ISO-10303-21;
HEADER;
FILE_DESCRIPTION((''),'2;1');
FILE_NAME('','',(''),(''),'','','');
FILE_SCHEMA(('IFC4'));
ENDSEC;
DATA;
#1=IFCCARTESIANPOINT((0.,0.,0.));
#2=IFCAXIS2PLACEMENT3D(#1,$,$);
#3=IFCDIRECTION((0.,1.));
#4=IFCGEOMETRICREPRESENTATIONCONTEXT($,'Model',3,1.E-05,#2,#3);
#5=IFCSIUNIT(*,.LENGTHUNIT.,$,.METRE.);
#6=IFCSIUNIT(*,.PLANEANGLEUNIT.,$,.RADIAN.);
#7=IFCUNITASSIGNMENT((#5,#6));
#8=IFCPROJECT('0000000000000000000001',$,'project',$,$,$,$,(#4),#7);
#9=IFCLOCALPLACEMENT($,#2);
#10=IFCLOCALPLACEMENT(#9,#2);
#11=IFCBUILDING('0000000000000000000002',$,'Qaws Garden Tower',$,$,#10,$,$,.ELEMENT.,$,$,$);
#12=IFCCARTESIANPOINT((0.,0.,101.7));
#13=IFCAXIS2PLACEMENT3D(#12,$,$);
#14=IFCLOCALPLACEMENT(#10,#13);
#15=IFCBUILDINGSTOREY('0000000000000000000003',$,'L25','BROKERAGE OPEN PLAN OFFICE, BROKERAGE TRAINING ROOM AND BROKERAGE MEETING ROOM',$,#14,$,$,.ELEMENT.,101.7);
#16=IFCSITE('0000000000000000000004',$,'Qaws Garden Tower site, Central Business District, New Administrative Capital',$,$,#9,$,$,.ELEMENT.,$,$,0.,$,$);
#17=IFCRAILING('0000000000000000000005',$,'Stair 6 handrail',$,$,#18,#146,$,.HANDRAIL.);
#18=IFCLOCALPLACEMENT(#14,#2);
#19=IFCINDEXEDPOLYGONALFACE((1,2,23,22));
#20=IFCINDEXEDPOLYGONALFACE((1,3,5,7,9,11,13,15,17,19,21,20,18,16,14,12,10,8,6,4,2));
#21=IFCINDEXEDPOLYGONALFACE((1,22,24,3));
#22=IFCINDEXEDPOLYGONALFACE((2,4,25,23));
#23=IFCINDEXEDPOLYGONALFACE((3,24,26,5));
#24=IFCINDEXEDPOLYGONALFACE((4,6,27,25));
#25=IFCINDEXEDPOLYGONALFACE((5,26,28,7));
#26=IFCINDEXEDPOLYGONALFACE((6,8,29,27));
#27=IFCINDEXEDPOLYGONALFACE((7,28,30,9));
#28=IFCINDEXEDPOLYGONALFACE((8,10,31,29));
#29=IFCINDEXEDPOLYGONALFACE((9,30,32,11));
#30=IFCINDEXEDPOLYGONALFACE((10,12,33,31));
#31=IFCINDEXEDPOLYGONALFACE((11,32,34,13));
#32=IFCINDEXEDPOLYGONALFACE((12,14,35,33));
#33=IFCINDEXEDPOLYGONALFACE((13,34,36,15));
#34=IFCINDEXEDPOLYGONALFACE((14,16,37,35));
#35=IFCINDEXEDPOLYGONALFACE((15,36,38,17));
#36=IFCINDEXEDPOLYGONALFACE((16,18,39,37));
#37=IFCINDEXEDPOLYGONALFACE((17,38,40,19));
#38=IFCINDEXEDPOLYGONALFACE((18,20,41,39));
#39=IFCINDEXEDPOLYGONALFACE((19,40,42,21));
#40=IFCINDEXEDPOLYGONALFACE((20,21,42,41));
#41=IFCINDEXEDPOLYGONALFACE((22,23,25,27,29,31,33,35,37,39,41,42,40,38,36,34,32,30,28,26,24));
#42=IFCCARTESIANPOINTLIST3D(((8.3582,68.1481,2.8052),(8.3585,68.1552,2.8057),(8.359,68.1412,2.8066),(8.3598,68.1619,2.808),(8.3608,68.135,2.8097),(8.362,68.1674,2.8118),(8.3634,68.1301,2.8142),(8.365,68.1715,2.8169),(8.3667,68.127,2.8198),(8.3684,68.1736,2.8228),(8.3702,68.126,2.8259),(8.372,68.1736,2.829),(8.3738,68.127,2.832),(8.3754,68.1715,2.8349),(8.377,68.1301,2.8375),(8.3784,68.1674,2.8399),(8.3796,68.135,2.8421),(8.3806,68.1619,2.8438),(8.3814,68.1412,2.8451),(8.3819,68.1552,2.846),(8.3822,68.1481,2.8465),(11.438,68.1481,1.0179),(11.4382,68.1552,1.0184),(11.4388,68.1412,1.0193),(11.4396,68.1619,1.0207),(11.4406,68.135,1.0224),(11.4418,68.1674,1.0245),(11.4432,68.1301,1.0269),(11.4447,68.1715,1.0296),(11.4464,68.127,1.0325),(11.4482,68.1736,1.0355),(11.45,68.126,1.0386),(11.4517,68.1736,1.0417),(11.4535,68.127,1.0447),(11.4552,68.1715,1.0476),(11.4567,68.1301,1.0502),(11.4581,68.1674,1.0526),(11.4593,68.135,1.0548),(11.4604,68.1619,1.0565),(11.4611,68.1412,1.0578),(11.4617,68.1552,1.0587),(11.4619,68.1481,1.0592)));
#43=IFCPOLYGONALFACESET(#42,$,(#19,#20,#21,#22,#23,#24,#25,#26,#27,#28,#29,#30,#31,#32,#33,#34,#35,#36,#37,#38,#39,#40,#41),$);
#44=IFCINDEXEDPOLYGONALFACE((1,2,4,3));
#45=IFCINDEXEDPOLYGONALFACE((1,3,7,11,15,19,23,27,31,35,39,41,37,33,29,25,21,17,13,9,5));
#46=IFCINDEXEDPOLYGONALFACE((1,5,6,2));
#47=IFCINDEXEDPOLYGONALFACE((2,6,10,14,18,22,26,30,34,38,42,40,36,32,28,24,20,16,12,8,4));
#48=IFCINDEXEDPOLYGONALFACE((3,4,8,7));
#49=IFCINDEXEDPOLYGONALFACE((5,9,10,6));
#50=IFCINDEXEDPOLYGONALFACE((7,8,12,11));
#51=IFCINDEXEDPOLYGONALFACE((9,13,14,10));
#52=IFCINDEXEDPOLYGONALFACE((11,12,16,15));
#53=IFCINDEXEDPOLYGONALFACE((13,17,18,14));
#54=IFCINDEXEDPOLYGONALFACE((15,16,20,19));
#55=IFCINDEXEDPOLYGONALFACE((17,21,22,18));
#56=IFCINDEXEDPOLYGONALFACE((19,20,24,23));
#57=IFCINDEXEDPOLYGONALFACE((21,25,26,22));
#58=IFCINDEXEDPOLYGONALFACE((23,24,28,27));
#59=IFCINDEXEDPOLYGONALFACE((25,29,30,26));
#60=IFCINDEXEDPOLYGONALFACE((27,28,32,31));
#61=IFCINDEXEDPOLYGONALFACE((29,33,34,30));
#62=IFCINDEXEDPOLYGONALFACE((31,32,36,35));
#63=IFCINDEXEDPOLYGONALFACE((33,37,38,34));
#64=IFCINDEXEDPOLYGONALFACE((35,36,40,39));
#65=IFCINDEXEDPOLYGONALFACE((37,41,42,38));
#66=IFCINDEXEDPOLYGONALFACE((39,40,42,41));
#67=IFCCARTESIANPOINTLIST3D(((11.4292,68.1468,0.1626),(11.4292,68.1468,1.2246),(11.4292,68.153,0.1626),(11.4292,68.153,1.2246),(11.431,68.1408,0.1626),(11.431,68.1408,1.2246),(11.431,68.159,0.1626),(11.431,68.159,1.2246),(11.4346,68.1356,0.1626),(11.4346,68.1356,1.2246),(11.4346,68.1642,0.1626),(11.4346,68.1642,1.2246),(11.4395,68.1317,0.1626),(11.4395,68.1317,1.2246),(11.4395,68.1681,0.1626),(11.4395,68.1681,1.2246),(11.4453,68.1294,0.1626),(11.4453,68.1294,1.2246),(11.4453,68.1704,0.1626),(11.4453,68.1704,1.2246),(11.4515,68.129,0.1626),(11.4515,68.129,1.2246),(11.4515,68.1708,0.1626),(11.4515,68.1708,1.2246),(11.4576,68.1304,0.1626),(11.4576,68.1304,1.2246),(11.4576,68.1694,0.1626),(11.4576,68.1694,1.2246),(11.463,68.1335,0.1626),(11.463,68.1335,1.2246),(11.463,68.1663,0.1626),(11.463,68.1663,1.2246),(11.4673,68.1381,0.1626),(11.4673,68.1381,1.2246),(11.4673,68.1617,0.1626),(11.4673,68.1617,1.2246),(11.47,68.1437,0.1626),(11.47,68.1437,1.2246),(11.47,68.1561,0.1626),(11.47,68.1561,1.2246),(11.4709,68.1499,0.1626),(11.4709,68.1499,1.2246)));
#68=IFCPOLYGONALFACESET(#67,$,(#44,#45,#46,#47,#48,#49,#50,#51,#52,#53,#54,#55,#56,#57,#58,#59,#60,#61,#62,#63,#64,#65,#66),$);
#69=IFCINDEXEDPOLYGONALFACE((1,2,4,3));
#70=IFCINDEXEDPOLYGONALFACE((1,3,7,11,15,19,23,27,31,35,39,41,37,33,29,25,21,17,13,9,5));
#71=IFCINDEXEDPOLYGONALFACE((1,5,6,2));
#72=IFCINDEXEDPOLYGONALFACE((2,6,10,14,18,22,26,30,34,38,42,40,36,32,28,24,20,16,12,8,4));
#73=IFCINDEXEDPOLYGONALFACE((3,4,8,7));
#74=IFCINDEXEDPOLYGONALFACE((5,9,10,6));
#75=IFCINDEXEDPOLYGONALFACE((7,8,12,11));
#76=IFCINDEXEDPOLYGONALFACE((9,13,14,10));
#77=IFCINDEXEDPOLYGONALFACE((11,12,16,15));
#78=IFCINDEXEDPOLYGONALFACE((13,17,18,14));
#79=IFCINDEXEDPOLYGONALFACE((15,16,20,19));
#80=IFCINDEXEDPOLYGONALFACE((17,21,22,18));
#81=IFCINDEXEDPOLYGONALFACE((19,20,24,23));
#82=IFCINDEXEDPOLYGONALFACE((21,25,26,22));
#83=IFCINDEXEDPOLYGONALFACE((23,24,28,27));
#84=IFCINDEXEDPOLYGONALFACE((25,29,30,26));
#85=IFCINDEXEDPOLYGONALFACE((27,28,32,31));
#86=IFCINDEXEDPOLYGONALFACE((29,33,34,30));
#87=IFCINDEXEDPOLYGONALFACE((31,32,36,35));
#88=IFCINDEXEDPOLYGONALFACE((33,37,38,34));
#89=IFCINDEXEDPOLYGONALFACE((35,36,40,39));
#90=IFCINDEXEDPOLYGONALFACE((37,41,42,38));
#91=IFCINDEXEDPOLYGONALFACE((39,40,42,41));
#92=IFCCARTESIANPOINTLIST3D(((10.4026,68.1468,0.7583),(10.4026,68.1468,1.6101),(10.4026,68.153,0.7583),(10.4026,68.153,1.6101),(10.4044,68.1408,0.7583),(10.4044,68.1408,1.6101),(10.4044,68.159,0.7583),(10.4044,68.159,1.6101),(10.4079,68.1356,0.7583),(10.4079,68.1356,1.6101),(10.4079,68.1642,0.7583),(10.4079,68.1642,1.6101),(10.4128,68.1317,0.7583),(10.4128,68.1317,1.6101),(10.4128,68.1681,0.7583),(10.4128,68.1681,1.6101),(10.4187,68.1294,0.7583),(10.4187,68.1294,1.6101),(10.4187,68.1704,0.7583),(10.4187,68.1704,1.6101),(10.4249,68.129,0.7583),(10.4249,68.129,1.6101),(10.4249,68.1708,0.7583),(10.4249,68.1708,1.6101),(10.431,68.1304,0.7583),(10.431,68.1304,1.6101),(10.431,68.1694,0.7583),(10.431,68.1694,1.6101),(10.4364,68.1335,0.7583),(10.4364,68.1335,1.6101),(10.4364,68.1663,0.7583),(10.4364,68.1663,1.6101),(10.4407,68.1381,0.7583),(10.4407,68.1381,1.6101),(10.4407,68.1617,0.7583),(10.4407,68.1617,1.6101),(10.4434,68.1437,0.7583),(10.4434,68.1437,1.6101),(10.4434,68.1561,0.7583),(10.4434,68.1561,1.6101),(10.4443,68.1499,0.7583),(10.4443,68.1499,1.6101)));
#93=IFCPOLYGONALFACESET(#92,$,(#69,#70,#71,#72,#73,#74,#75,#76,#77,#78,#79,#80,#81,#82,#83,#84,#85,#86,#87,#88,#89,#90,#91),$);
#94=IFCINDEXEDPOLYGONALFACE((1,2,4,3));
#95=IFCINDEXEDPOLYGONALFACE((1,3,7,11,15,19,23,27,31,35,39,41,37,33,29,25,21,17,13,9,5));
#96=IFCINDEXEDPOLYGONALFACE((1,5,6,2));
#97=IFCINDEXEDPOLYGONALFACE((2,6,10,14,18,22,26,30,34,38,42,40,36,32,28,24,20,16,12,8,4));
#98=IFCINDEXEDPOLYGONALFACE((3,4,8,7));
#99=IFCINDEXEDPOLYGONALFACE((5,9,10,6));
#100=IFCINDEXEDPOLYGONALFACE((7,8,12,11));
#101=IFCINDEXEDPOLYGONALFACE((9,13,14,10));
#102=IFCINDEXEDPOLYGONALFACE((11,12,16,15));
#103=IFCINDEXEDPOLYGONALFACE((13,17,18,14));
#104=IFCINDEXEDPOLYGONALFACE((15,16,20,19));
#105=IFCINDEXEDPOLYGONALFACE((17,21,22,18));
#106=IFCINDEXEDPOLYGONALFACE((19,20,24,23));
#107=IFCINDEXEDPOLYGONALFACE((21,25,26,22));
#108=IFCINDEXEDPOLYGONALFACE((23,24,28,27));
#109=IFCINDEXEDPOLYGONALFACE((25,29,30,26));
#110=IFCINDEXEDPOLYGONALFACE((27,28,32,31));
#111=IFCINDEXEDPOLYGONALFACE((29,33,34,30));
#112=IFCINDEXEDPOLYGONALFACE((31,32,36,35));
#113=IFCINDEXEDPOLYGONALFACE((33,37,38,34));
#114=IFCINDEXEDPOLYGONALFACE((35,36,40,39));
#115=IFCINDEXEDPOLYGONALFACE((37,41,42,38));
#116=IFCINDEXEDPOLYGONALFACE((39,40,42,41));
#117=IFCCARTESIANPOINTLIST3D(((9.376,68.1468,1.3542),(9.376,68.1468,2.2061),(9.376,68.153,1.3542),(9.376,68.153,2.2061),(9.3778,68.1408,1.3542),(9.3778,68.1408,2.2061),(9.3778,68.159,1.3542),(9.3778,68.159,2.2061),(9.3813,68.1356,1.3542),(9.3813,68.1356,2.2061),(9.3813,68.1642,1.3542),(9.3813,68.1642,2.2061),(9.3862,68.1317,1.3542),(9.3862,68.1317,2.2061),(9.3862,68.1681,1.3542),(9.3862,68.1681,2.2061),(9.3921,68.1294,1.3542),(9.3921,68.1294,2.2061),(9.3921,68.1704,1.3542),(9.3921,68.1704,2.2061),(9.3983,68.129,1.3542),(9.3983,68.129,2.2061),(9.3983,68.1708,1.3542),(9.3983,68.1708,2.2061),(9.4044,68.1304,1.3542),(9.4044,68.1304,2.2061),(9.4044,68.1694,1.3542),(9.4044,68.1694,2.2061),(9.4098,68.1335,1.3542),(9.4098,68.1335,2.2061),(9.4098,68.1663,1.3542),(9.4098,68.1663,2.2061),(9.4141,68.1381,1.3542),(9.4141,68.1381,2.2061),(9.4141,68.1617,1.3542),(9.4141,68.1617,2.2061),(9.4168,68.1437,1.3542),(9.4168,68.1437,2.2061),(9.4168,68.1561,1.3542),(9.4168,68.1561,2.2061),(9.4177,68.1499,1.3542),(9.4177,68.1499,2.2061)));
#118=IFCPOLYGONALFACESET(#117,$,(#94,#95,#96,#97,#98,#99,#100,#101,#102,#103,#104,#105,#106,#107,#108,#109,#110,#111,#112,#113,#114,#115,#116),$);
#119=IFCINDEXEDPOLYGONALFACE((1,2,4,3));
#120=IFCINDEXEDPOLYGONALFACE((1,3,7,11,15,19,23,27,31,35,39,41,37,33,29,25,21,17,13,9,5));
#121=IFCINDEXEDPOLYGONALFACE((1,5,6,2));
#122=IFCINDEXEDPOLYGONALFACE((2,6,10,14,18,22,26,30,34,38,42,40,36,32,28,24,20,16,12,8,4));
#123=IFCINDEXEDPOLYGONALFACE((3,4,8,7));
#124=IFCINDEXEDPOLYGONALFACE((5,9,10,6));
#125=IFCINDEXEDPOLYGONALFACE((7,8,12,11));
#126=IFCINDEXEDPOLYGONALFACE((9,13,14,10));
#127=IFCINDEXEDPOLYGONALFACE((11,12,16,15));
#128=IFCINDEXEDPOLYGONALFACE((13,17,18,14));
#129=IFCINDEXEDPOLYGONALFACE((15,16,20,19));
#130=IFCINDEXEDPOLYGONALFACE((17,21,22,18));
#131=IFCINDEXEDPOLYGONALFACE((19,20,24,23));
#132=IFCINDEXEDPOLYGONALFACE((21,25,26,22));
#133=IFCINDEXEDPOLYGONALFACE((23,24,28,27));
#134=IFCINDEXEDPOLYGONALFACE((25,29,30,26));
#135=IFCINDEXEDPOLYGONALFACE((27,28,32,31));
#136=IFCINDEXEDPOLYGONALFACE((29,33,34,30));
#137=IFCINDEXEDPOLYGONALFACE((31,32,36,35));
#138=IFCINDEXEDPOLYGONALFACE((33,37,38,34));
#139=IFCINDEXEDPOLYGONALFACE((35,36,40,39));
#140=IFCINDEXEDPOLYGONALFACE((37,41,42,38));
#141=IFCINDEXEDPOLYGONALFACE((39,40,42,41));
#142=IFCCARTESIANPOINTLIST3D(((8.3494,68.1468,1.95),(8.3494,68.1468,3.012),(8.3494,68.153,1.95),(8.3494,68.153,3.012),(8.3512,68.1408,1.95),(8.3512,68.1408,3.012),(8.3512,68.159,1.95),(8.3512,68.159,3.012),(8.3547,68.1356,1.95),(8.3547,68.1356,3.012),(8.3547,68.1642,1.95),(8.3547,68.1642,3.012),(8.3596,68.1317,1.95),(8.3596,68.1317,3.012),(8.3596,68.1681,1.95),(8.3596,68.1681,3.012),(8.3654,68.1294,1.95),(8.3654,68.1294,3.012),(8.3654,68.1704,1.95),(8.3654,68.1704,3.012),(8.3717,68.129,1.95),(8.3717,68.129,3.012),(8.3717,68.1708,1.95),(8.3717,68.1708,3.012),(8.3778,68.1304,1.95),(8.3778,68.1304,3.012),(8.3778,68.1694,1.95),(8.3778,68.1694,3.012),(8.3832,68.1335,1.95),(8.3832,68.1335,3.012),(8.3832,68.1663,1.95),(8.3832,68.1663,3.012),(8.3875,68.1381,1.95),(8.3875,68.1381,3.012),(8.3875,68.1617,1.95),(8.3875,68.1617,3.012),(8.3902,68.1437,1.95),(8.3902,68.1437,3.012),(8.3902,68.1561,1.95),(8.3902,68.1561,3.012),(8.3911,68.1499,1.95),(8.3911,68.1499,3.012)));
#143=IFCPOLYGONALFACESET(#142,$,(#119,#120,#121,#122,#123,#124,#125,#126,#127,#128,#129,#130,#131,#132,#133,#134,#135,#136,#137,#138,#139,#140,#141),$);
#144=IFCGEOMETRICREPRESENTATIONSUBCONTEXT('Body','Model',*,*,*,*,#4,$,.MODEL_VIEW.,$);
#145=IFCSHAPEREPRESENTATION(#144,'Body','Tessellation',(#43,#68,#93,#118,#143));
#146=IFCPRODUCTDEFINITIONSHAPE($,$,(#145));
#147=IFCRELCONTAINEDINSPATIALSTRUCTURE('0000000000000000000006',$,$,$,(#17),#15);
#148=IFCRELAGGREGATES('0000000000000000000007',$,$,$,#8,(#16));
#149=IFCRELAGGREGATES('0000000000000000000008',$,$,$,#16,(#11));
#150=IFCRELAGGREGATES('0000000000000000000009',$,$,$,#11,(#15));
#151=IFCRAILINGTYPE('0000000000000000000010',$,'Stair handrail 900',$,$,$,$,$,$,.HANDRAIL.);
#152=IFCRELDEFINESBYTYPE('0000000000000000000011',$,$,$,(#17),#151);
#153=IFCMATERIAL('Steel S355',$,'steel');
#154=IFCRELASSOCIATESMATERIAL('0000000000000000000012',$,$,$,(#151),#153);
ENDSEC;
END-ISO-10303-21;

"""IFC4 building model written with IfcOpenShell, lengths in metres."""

from ifc_helpers import new_model, si_unit, direction, frame, origin, origin_2d, place, context, subcontext, project, spatial, circle, extrude, material, type_object, element, save


model = new_model("IFC4")

# Units and contexts
model_context = context("Model", 3, precision=1e-05, world=origin(), true_north=direction((0.0, 1.0)))
body_context = subcontext(model_context, "Body", "Model", "MODEL_VIEW")
ifc_project = project(units=[si_unit("LENGTHUNIT", "METRE"), si_unit("PLANEANGLEUNIT", "RADIAN")], contexts=[model_context])

# Site, building, storey
site_placement = place(None, origin())
site = spatial("IfcSite", under=ifc_project, at=site_placement, Name="Qaws Garden Tower site, Central Business District, New Administrative Capital", CompositionType="ELEMENT", RefElevation=0.0)
building_placement = place(site_placement, origin())
building = spatial("IfcBuilding", under=site, at=building_placement, Name="Qaws Garden Tower", CompositionType="ELEMENT")
storey_placement = place(building_placement, frame((0.0, 0.0, 101.7)))
storey = spatial("IfcBuildingStorey", under=building, at=storey_placement, Name="L25", Description="BROKERAGE OPEN PLAN OFFICE, BROKERAGE TRAINING ROOM AND BROKERAGE MEETING ROOM", CompositionType="ELEMENT", Elevation=101.7)

# Railing
ifc_material_1 = material(Name="Steel S355", Category="steel")
railing_type = type_object("IfcRailingType", Name="Stair handrail 900", PredefinedType="HANDRAIL", material=ifc_material_1)
railing_1_placement = place(storey_placement, frame((11.45, 68.1499, 0.1626)))
element("IfcRailing", 1, at=railing_1_placement, inside=storey, type_object=railing_type, Name="Stair 6 handrail", PredefinedType="HANDRAIL", context=body_context, shape_type="SweptSolid", body=[
    extrude(circle(Radius=0.0239, at=origin_2d()), frame((0.0, 0.0, 0.876), z_axis=(-0.864903, 0.0, 0.501939), x_axis=(0.0, -1.0, 0.0)), (0.0, 0.0, 1.0), 3.5608),
    extrude(circle(Radius=0.021, at=origin_2d()), origin(), (0.0, 0.0, 1.0), 1.062),
    extrude(circle(Radius=0.021, at=origin_2d()), frame((-1.0266, 0.0, 0.5957)), (0.0, 0.0, 1.0), 0.8518),
    extrude(circle(Radius=0.021, at=origin_2d()), frame((-2.0532, 0.0, 1.1917)), (0.0, 0.0, 1.0), 0.8518),
    extrude(circle(Radius=0.021, at=origin_2d()), frame((-3.0798, 0.0, 1.7874)), (0.0, 0.0, 1.0), 1.062),
])

save(model, "model.ifc")
